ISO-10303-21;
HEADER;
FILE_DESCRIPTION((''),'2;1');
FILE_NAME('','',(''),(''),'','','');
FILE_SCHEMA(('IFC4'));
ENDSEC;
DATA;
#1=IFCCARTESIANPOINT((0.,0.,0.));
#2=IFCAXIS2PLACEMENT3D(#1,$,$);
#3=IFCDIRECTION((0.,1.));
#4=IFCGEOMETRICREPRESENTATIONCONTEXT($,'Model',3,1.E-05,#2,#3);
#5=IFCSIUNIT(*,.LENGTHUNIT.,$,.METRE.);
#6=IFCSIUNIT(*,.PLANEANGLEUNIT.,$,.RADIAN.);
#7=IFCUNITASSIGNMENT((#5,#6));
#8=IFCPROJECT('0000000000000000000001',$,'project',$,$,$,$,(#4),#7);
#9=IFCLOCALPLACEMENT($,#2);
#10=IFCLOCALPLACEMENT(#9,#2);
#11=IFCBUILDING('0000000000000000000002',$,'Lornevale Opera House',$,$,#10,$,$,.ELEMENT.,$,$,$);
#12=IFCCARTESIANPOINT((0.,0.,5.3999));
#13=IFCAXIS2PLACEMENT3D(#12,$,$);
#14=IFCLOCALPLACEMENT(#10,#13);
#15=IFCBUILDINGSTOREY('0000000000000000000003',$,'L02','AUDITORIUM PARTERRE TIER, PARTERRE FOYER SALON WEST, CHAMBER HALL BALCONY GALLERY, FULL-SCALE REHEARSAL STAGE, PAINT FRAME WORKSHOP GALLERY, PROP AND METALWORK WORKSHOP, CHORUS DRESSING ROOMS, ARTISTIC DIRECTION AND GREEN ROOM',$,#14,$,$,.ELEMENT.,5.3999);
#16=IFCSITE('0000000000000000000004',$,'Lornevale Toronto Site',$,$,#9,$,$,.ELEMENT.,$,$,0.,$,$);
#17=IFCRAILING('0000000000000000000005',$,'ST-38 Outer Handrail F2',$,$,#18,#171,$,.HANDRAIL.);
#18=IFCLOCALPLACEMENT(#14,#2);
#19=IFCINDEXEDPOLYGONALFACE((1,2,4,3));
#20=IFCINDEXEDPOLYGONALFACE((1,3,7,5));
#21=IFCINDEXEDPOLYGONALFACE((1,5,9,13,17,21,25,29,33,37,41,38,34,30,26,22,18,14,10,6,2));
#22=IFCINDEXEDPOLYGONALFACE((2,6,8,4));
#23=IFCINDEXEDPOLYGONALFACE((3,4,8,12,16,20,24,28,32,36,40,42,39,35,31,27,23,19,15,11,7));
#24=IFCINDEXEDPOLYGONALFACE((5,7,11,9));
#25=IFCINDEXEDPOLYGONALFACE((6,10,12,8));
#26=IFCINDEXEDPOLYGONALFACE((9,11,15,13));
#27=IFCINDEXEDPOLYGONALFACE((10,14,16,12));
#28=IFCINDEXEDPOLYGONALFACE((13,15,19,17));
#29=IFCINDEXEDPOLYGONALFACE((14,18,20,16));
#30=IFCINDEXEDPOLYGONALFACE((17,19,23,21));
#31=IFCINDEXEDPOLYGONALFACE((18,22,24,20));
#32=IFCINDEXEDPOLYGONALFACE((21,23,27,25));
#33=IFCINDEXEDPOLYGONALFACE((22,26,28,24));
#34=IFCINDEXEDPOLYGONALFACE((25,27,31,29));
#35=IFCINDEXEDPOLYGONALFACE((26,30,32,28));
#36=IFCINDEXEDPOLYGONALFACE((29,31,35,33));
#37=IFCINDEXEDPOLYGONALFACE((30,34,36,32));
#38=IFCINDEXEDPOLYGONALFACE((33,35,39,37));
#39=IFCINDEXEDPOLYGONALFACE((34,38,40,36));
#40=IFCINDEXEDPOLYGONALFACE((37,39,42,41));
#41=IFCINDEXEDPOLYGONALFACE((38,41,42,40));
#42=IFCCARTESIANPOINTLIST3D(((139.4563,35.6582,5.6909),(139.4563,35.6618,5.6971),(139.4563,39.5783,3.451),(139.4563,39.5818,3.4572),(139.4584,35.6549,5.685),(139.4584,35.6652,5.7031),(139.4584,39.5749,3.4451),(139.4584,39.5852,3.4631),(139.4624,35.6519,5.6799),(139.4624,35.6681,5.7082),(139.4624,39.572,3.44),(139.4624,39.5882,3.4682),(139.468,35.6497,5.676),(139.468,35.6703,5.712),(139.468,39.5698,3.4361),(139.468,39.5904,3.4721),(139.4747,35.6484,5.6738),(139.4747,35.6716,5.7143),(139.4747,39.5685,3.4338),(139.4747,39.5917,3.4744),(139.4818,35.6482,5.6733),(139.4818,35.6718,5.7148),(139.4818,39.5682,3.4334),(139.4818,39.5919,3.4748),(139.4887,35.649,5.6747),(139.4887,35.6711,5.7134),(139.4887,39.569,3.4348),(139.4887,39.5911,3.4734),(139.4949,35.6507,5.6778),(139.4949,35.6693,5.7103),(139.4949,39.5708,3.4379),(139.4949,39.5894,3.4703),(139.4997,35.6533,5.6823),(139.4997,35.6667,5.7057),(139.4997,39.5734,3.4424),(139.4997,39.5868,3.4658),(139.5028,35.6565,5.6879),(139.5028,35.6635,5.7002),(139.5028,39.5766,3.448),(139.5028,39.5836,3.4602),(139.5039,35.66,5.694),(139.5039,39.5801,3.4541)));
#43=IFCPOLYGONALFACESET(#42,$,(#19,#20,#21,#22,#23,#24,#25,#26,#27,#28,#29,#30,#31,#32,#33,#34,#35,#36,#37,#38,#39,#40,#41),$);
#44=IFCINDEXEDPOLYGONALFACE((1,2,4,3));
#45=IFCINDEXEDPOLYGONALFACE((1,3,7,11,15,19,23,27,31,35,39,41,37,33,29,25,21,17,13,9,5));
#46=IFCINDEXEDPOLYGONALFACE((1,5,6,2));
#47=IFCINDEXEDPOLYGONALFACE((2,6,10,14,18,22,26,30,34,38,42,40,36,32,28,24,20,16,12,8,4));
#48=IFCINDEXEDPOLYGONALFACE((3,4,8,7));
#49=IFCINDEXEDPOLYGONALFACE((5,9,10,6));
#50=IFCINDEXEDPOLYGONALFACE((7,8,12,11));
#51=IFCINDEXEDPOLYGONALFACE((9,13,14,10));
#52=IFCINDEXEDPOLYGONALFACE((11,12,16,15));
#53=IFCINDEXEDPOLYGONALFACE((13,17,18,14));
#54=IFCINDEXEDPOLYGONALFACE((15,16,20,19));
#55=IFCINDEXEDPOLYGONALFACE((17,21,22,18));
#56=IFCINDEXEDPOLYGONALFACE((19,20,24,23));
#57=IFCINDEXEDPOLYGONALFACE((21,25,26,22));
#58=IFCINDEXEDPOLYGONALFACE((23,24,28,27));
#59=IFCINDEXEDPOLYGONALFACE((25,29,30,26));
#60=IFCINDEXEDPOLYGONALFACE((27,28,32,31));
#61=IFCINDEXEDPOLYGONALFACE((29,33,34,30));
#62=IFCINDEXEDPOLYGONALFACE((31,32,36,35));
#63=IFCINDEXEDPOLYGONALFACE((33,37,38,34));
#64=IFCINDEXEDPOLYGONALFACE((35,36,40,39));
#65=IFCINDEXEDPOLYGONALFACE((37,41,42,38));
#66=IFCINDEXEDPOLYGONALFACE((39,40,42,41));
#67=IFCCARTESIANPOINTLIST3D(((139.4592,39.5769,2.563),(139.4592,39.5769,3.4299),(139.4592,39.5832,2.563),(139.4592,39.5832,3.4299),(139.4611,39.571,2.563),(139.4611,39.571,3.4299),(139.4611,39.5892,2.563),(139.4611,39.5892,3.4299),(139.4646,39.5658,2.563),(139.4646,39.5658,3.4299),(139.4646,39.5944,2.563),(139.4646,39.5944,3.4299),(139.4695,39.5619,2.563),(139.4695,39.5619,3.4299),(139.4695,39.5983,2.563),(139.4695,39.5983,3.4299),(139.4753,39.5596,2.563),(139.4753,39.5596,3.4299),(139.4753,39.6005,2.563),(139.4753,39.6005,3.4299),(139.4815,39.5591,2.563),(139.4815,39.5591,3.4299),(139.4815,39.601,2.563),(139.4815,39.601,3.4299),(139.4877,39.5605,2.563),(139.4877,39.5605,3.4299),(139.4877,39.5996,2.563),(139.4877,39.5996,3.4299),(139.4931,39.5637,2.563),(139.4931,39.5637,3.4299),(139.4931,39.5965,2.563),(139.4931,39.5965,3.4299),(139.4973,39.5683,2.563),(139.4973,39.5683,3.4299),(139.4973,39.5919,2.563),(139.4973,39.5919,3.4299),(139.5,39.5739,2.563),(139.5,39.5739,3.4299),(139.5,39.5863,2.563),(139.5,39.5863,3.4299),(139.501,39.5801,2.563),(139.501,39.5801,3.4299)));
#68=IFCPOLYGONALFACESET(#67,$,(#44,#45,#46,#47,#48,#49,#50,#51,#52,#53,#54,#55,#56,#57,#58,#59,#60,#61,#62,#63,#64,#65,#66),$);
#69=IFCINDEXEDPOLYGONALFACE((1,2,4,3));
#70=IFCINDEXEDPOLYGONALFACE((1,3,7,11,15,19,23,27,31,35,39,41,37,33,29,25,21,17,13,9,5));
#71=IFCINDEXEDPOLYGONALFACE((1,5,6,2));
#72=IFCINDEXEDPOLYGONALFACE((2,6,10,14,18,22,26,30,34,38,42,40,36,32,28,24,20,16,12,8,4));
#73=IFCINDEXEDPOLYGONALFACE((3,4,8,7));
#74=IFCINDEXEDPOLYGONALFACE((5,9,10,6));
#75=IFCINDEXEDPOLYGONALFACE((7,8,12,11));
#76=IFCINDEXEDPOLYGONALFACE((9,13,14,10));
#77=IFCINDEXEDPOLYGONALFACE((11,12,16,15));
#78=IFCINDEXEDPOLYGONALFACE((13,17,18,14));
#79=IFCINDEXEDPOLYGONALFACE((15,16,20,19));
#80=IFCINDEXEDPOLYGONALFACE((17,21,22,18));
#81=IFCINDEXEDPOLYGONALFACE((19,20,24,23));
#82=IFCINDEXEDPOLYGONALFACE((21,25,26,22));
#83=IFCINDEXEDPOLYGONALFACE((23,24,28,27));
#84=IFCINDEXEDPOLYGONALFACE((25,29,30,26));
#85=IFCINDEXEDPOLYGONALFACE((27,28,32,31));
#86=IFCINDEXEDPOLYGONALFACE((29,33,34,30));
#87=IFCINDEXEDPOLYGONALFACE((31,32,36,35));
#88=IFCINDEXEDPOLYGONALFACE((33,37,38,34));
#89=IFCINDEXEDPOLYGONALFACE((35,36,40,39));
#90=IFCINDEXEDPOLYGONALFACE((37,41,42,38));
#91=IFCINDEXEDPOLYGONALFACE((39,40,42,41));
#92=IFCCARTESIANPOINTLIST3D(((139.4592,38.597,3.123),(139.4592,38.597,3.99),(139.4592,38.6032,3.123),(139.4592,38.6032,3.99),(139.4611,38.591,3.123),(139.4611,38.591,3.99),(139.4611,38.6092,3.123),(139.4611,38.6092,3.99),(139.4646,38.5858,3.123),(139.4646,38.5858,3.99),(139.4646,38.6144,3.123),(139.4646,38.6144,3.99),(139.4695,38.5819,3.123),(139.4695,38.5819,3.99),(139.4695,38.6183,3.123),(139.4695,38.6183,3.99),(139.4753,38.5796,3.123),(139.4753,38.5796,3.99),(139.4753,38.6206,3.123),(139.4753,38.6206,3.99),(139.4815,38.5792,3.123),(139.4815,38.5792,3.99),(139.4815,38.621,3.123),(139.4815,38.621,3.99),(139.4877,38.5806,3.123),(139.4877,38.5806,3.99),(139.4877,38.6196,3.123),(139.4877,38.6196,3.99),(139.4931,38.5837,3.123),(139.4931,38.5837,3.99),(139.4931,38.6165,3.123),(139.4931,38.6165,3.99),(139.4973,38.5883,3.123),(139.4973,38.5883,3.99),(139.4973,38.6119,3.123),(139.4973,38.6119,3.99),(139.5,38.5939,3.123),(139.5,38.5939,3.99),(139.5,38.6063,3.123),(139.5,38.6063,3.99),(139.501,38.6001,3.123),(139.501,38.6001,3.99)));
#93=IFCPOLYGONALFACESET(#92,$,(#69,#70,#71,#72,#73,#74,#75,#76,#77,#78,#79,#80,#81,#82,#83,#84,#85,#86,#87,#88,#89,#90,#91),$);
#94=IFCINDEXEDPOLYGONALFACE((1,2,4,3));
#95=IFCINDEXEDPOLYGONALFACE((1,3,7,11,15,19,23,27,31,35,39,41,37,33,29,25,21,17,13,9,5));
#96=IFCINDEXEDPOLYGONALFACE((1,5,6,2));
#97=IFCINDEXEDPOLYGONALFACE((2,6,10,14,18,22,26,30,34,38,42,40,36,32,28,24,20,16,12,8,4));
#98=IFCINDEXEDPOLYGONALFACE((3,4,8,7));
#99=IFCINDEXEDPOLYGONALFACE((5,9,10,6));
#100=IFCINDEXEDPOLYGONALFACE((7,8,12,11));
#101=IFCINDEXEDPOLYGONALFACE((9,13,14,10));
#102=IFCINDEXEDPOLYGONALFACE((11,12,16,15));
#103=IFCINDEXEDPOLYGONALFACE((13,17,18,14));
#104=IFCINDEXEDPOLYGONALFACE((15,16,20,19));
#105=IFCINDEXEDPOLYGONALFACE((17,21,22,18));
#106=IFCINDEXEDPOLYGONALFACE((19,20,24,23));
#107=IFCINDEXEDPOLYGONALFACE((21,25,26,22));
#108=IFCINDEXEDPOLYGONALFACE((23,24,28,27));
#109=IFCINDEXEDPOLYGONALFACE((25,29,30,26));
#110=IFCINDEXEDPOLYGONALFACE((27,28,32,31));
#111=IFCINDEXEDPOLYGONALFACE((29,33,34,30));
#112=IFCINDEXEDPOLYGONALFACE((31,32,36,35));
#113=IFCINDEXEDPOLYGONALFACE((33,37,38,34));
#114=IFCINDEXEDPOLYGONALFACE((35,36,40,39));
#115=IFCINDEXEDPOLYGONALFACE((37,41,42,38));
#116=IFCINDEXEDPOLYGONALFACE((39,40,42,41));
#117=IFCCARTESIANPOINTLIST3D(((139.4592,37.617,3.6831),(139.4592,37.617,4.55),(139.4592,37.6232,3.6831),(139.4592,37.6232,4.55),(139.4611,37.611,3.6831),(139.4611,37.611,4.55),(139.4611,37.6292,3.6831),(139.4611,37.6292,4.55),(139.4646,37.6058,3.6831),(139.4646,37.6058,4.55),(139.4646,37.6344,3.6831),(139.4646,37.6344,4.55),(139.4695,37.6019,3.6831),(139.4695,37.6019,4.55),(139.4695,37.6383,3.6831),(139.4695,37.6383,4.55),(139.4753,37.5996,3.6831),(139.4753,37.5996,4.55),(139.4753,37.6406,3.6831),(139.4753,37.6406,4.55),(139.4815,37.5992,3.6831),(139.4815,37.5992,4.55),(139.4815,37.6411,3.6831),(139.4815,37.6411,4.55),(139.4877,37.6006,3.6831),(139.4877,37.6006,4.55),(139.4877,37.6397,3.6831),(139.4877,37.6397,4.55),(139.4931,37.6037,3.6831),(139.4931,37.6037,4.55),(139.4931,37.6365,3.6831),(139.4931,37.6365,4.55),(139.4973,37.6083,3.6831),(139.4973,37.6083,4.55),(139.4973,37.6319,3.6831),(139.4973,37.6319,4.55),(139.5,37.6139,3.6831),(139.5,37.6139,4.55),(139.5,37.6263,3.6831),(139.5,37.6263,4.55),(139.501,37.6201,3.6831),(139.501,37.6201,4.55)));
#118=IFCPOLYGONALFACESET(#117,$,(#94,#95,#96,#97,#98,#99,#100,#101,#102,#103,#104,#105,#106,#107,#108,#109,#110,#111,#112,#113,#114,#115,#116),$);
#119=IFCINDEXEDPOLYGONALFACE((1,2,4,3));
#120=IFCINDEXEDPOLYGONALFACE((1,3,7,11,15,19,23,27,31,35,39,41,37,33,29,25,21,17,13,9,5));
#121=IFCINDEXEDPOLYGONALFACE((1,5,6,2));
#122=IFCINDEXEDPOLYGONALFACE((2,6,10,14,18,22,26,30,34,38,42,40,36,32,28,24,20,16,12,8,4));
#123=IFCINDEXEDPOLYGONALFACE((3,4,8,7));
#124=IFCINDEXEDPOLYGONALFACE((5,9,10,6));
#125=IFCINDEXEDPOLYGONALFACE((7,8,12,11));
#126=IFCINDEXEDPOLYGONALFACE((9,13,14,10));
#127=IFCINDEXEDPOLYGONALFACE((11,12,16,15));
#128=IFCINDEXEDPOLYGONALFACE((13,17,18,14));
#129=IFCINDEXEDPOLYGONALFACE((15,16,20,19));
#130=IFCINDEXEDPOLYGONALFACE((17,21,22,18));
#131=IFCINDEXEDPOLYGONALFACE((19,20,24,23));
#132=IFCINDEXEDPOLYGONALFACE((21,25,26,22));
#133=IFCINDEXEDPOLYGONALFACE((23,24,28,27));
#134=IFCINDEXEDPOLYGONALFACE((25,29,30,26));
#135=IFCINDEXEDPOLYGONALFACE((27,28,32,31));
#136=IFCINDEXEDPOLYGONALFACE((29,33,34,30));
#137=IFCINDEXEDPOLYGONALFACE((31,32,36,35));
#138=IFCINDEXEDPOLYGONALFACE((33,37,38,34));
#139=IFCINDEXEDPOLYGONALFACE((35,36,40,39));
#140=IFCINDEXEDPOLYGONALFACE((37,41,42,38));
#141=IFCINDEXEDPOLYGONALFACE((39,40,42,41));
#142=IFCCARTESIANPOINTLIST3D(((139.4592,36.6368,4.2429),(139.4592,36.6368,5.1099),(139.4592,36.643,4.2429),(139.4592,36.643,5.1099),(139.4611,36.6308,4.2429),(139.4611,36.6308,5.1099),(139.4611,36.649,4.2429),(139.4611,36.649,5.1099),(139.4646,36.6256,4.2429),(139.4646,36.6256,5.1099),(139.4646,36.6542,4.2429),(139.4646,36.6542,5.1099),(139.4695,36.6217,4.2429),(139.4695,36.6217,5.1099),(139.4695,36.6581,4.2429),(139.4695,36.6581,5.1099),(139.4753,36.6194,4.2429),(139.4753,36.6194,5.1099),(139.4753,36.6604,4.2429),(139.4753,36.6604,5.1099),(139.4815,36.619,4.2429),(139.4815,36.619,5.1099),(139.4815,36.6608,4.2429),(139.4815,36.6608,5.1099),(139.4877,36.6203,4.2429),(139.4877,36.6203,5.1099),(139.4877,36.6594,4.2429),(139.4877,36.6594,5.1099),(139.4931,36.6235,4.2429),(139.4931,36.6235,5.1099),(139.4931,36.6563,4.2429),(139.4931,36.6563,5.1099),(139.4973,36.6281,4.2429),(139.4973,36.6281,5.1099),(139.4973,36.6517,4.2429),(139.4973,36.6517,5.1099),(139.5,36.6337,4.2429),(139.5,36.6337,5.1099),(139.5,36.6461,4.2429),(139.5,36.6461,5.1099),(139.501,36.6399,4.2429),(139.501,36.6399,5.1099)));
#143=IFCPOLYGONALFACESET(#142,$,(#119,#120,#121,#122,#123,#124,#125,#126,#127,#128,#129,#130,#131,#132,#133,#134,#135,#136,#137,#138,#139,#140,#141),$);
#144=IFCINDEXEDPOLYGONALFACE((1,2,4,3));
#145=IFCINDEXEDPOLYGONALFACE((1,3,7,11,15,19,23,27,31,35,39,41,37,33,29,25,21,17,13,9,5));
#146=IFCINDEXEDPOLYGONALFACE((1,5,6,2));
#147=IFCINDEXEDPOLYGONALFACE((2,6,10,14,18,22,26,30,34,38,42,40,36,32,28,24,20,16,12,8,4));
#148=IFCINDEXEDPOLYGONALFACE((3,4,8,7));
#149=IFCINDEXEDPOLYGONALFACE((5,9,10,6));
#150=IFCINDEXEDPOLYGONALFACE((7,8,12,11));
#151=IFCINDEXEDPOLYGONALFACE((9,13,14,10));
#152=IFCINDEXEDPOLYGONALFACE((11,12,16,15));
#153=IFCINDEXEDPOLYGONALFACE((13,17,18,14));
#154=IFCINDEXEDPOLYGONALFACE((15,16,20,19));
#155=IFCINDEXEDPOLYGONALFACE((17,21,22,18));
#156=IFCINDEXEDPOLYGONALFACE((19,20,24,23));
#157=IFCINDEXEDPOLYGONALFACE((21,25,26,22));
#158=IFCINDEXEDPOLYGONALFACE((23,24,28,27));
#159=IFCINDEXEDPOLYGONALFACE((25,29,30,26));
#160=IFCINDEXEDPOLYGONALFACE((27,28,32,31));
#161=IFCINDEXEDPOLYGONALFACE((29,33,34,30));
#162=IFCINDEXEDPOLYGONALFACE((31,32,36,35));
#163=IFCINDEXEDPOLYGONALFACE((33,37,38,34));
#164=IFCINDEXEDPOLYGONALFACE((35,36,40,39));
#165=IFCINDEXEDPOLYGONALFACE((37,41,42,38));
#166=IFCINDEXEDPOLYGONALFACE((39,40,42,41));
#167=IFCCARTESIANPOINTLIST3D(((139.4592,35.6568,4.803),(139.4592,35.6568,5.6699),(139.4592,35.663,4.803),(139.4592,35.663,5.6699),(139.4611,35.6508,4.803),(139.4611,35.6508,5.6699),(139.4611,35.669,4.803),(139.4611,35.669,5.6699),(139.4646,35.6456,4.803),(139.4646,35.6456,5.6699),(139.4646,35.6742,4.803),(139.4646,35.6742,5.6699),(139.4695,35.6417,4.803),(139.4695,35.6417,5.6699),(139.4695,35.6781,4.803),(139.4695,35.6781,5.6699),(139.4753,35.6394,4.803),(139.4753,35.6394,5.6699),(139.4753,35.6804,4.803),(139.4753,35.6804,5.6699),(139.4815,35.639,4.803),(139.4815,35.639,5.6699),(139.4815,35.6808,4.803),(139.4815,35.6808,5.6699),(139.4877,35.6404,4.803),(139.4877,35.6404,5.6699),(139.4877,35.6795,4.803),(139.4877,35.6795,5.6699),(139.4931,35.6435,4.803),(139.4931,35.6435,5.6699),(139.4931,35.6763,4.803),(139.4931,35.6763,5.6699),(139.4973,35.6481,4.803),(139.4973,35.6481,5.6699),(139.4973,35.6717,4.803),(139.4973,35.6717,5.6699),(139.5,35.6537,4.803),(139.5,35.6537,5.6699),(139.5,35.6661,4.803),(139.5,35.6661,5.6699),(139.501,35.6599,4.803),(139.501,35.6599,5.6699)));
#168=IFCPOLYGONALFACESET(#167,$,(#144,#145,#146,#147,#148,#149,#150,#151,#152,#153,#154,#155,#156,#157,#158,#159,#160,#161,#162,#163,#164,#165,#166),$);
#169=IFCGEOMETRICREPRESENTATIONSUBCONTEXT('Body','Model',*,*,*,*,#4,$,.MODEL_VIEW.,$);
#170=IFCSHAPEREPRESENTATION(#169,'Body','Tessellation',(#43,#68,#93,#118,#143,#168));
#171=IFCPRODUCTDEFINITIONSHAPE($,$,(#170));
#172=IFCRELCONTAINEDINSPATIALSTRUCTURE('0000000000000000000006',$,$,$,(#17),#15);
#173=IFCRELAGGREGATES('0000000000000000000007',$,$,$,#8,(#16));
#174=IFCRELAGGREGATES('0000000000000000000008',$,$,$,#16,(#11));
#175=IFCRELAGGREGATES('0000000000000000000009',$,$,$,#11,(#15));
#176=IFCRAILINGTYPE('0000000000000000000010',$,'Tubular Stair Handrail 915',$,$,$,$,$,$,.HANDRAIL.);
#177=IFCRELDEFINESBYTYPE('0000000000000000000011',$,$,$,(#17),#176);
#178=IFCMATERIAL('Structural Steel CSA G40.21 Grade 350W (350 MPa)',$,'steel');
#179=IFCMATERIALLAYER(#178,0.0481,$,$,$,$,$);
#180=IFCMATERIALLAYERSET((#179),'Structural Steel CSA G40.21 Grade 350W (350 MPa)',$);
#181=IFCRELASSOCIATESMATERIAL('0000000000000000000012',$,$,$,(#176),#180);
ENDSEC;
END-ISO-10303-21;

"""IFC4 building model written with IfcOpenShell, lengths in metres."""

from ifc_helpers import new_model, si_unit, direction, frame, origin, origin_2d, place, context, subcontext, project, spatial, circle, extrude, material, layer, layer_set, type_object, element, save


model = new_model("IFC4")

# Units and contexts
model_context = context("Model", 3, precision=1e-05, world=origin(), true_north=direction((0.0, 1.0)))
body_context = subcontext(model_context, "Body", "Model", "MODEL_VIEW")
ifc_project = project(units=[si_unit("LENGTHUNIT", "METRE"), si_unit("PLANEANGLEUNIT", "RADIAN")], contexts=[model_context])

# Site, building, storey
site_placement = place(None, origin())
site = spatial("IfcSite", under=ifc_project, at=site_placement, Name="Lornevale Toronto Site", CompositionType="ELEMENT", RefElevation=0.0)
building_placement = place(site_placement, origin())
building = spatial("IfcBuilding", under=site, at=building_placement, Name="Lornevale Opera House", CompositionType="ELEMENT")
storey_placement = place(building_placement, frame((0.0, 0.0, 5.3999)))
storey = spatial("IfcBuildingStorey", under=building, at=storey_placement, Name="L02", Description="AUDITORIUM PARTERRE TIER, PARTERRE FOYER SALON WEST, CHAMBER HALL BALCONY GALLERY, FULL-SCALE REHEARSAL STAGE, PAINT FRAME WORKSHOP GALLERY, PROP AND METALWORK WORKSHOP, CHORUS DRESSING ROOMS, ARTISTIC DIRECTION AND GREEN ROOM", CompositionType="ELEMENT", Elevation=5.3999)

# Shared definitions
ifc_material_1 = material(Name="Structural Steel CSA G40.21 Grade 350W (350 MPa)", Category="steel")

# Railing
ifc_layer_1 = layer(ifc_material_1, 0.0481)
ifc_layer_set_1 = layer_set([ifc_layer_1], Name="Structural Steel CSA G40.21 Grade 350W (350 MPa)")
railing_type_1 = type_object("IfcRailingType", Name="Tubular Stair Handrail 915", PredefinedType="HANDRAIL", material=ifc_layer_set_1)
railing_1_placement = place(storey_placement, frame((139.48, 39.5801, 2.563)))
element("IfcRailing", 1, at=railing_1_placement, inside=storey, type_object=railing_type_1, Name="ST-38 Outer Handrail F2", PredefinedType="HANDRAIL", context=body_context, shape_type="SweptSolid", body=[
    extrude(circle(Radius=0.0239, at=origin_2d()), frame((0.0, 0.0, 0.8911), z_axis=(0.0, -0.868253, 0.496121), x_axis=(1.0, 0.0, 0.0)), (0.0, 0.0, 1.0), 4.5149),
    extrude(circle(Radius=0.021, at=origin_2d()), origin(), (0.0, 0.0, 1.0), 0.8669),
    extrude(circle(Radius=0.021, at=origin_2d()), frame((0.0, -0.98, 0.5601)), (0.0, 0.0, 1.0), 0.8669),
    extrude(circle(Radius=0.021, at=origin_2d()), frame((0.0, -1.96, 1.1201)), (0.0, 0.0, 1.0), 0.8669),
    extrude(circle(Radius=0.021, at=origin_2d()), frame((0.0, -2.9402, 1.6799)), (0.0, 0.0, 1.0), 0.8669),
    extrude(circle(Radius=0.021, at=origin_2d()), frame((0.0, -3.9202, 2.24)), (0.0, 0.0, 1.0), 0.8669),
])

save(model, "model.ifc")
